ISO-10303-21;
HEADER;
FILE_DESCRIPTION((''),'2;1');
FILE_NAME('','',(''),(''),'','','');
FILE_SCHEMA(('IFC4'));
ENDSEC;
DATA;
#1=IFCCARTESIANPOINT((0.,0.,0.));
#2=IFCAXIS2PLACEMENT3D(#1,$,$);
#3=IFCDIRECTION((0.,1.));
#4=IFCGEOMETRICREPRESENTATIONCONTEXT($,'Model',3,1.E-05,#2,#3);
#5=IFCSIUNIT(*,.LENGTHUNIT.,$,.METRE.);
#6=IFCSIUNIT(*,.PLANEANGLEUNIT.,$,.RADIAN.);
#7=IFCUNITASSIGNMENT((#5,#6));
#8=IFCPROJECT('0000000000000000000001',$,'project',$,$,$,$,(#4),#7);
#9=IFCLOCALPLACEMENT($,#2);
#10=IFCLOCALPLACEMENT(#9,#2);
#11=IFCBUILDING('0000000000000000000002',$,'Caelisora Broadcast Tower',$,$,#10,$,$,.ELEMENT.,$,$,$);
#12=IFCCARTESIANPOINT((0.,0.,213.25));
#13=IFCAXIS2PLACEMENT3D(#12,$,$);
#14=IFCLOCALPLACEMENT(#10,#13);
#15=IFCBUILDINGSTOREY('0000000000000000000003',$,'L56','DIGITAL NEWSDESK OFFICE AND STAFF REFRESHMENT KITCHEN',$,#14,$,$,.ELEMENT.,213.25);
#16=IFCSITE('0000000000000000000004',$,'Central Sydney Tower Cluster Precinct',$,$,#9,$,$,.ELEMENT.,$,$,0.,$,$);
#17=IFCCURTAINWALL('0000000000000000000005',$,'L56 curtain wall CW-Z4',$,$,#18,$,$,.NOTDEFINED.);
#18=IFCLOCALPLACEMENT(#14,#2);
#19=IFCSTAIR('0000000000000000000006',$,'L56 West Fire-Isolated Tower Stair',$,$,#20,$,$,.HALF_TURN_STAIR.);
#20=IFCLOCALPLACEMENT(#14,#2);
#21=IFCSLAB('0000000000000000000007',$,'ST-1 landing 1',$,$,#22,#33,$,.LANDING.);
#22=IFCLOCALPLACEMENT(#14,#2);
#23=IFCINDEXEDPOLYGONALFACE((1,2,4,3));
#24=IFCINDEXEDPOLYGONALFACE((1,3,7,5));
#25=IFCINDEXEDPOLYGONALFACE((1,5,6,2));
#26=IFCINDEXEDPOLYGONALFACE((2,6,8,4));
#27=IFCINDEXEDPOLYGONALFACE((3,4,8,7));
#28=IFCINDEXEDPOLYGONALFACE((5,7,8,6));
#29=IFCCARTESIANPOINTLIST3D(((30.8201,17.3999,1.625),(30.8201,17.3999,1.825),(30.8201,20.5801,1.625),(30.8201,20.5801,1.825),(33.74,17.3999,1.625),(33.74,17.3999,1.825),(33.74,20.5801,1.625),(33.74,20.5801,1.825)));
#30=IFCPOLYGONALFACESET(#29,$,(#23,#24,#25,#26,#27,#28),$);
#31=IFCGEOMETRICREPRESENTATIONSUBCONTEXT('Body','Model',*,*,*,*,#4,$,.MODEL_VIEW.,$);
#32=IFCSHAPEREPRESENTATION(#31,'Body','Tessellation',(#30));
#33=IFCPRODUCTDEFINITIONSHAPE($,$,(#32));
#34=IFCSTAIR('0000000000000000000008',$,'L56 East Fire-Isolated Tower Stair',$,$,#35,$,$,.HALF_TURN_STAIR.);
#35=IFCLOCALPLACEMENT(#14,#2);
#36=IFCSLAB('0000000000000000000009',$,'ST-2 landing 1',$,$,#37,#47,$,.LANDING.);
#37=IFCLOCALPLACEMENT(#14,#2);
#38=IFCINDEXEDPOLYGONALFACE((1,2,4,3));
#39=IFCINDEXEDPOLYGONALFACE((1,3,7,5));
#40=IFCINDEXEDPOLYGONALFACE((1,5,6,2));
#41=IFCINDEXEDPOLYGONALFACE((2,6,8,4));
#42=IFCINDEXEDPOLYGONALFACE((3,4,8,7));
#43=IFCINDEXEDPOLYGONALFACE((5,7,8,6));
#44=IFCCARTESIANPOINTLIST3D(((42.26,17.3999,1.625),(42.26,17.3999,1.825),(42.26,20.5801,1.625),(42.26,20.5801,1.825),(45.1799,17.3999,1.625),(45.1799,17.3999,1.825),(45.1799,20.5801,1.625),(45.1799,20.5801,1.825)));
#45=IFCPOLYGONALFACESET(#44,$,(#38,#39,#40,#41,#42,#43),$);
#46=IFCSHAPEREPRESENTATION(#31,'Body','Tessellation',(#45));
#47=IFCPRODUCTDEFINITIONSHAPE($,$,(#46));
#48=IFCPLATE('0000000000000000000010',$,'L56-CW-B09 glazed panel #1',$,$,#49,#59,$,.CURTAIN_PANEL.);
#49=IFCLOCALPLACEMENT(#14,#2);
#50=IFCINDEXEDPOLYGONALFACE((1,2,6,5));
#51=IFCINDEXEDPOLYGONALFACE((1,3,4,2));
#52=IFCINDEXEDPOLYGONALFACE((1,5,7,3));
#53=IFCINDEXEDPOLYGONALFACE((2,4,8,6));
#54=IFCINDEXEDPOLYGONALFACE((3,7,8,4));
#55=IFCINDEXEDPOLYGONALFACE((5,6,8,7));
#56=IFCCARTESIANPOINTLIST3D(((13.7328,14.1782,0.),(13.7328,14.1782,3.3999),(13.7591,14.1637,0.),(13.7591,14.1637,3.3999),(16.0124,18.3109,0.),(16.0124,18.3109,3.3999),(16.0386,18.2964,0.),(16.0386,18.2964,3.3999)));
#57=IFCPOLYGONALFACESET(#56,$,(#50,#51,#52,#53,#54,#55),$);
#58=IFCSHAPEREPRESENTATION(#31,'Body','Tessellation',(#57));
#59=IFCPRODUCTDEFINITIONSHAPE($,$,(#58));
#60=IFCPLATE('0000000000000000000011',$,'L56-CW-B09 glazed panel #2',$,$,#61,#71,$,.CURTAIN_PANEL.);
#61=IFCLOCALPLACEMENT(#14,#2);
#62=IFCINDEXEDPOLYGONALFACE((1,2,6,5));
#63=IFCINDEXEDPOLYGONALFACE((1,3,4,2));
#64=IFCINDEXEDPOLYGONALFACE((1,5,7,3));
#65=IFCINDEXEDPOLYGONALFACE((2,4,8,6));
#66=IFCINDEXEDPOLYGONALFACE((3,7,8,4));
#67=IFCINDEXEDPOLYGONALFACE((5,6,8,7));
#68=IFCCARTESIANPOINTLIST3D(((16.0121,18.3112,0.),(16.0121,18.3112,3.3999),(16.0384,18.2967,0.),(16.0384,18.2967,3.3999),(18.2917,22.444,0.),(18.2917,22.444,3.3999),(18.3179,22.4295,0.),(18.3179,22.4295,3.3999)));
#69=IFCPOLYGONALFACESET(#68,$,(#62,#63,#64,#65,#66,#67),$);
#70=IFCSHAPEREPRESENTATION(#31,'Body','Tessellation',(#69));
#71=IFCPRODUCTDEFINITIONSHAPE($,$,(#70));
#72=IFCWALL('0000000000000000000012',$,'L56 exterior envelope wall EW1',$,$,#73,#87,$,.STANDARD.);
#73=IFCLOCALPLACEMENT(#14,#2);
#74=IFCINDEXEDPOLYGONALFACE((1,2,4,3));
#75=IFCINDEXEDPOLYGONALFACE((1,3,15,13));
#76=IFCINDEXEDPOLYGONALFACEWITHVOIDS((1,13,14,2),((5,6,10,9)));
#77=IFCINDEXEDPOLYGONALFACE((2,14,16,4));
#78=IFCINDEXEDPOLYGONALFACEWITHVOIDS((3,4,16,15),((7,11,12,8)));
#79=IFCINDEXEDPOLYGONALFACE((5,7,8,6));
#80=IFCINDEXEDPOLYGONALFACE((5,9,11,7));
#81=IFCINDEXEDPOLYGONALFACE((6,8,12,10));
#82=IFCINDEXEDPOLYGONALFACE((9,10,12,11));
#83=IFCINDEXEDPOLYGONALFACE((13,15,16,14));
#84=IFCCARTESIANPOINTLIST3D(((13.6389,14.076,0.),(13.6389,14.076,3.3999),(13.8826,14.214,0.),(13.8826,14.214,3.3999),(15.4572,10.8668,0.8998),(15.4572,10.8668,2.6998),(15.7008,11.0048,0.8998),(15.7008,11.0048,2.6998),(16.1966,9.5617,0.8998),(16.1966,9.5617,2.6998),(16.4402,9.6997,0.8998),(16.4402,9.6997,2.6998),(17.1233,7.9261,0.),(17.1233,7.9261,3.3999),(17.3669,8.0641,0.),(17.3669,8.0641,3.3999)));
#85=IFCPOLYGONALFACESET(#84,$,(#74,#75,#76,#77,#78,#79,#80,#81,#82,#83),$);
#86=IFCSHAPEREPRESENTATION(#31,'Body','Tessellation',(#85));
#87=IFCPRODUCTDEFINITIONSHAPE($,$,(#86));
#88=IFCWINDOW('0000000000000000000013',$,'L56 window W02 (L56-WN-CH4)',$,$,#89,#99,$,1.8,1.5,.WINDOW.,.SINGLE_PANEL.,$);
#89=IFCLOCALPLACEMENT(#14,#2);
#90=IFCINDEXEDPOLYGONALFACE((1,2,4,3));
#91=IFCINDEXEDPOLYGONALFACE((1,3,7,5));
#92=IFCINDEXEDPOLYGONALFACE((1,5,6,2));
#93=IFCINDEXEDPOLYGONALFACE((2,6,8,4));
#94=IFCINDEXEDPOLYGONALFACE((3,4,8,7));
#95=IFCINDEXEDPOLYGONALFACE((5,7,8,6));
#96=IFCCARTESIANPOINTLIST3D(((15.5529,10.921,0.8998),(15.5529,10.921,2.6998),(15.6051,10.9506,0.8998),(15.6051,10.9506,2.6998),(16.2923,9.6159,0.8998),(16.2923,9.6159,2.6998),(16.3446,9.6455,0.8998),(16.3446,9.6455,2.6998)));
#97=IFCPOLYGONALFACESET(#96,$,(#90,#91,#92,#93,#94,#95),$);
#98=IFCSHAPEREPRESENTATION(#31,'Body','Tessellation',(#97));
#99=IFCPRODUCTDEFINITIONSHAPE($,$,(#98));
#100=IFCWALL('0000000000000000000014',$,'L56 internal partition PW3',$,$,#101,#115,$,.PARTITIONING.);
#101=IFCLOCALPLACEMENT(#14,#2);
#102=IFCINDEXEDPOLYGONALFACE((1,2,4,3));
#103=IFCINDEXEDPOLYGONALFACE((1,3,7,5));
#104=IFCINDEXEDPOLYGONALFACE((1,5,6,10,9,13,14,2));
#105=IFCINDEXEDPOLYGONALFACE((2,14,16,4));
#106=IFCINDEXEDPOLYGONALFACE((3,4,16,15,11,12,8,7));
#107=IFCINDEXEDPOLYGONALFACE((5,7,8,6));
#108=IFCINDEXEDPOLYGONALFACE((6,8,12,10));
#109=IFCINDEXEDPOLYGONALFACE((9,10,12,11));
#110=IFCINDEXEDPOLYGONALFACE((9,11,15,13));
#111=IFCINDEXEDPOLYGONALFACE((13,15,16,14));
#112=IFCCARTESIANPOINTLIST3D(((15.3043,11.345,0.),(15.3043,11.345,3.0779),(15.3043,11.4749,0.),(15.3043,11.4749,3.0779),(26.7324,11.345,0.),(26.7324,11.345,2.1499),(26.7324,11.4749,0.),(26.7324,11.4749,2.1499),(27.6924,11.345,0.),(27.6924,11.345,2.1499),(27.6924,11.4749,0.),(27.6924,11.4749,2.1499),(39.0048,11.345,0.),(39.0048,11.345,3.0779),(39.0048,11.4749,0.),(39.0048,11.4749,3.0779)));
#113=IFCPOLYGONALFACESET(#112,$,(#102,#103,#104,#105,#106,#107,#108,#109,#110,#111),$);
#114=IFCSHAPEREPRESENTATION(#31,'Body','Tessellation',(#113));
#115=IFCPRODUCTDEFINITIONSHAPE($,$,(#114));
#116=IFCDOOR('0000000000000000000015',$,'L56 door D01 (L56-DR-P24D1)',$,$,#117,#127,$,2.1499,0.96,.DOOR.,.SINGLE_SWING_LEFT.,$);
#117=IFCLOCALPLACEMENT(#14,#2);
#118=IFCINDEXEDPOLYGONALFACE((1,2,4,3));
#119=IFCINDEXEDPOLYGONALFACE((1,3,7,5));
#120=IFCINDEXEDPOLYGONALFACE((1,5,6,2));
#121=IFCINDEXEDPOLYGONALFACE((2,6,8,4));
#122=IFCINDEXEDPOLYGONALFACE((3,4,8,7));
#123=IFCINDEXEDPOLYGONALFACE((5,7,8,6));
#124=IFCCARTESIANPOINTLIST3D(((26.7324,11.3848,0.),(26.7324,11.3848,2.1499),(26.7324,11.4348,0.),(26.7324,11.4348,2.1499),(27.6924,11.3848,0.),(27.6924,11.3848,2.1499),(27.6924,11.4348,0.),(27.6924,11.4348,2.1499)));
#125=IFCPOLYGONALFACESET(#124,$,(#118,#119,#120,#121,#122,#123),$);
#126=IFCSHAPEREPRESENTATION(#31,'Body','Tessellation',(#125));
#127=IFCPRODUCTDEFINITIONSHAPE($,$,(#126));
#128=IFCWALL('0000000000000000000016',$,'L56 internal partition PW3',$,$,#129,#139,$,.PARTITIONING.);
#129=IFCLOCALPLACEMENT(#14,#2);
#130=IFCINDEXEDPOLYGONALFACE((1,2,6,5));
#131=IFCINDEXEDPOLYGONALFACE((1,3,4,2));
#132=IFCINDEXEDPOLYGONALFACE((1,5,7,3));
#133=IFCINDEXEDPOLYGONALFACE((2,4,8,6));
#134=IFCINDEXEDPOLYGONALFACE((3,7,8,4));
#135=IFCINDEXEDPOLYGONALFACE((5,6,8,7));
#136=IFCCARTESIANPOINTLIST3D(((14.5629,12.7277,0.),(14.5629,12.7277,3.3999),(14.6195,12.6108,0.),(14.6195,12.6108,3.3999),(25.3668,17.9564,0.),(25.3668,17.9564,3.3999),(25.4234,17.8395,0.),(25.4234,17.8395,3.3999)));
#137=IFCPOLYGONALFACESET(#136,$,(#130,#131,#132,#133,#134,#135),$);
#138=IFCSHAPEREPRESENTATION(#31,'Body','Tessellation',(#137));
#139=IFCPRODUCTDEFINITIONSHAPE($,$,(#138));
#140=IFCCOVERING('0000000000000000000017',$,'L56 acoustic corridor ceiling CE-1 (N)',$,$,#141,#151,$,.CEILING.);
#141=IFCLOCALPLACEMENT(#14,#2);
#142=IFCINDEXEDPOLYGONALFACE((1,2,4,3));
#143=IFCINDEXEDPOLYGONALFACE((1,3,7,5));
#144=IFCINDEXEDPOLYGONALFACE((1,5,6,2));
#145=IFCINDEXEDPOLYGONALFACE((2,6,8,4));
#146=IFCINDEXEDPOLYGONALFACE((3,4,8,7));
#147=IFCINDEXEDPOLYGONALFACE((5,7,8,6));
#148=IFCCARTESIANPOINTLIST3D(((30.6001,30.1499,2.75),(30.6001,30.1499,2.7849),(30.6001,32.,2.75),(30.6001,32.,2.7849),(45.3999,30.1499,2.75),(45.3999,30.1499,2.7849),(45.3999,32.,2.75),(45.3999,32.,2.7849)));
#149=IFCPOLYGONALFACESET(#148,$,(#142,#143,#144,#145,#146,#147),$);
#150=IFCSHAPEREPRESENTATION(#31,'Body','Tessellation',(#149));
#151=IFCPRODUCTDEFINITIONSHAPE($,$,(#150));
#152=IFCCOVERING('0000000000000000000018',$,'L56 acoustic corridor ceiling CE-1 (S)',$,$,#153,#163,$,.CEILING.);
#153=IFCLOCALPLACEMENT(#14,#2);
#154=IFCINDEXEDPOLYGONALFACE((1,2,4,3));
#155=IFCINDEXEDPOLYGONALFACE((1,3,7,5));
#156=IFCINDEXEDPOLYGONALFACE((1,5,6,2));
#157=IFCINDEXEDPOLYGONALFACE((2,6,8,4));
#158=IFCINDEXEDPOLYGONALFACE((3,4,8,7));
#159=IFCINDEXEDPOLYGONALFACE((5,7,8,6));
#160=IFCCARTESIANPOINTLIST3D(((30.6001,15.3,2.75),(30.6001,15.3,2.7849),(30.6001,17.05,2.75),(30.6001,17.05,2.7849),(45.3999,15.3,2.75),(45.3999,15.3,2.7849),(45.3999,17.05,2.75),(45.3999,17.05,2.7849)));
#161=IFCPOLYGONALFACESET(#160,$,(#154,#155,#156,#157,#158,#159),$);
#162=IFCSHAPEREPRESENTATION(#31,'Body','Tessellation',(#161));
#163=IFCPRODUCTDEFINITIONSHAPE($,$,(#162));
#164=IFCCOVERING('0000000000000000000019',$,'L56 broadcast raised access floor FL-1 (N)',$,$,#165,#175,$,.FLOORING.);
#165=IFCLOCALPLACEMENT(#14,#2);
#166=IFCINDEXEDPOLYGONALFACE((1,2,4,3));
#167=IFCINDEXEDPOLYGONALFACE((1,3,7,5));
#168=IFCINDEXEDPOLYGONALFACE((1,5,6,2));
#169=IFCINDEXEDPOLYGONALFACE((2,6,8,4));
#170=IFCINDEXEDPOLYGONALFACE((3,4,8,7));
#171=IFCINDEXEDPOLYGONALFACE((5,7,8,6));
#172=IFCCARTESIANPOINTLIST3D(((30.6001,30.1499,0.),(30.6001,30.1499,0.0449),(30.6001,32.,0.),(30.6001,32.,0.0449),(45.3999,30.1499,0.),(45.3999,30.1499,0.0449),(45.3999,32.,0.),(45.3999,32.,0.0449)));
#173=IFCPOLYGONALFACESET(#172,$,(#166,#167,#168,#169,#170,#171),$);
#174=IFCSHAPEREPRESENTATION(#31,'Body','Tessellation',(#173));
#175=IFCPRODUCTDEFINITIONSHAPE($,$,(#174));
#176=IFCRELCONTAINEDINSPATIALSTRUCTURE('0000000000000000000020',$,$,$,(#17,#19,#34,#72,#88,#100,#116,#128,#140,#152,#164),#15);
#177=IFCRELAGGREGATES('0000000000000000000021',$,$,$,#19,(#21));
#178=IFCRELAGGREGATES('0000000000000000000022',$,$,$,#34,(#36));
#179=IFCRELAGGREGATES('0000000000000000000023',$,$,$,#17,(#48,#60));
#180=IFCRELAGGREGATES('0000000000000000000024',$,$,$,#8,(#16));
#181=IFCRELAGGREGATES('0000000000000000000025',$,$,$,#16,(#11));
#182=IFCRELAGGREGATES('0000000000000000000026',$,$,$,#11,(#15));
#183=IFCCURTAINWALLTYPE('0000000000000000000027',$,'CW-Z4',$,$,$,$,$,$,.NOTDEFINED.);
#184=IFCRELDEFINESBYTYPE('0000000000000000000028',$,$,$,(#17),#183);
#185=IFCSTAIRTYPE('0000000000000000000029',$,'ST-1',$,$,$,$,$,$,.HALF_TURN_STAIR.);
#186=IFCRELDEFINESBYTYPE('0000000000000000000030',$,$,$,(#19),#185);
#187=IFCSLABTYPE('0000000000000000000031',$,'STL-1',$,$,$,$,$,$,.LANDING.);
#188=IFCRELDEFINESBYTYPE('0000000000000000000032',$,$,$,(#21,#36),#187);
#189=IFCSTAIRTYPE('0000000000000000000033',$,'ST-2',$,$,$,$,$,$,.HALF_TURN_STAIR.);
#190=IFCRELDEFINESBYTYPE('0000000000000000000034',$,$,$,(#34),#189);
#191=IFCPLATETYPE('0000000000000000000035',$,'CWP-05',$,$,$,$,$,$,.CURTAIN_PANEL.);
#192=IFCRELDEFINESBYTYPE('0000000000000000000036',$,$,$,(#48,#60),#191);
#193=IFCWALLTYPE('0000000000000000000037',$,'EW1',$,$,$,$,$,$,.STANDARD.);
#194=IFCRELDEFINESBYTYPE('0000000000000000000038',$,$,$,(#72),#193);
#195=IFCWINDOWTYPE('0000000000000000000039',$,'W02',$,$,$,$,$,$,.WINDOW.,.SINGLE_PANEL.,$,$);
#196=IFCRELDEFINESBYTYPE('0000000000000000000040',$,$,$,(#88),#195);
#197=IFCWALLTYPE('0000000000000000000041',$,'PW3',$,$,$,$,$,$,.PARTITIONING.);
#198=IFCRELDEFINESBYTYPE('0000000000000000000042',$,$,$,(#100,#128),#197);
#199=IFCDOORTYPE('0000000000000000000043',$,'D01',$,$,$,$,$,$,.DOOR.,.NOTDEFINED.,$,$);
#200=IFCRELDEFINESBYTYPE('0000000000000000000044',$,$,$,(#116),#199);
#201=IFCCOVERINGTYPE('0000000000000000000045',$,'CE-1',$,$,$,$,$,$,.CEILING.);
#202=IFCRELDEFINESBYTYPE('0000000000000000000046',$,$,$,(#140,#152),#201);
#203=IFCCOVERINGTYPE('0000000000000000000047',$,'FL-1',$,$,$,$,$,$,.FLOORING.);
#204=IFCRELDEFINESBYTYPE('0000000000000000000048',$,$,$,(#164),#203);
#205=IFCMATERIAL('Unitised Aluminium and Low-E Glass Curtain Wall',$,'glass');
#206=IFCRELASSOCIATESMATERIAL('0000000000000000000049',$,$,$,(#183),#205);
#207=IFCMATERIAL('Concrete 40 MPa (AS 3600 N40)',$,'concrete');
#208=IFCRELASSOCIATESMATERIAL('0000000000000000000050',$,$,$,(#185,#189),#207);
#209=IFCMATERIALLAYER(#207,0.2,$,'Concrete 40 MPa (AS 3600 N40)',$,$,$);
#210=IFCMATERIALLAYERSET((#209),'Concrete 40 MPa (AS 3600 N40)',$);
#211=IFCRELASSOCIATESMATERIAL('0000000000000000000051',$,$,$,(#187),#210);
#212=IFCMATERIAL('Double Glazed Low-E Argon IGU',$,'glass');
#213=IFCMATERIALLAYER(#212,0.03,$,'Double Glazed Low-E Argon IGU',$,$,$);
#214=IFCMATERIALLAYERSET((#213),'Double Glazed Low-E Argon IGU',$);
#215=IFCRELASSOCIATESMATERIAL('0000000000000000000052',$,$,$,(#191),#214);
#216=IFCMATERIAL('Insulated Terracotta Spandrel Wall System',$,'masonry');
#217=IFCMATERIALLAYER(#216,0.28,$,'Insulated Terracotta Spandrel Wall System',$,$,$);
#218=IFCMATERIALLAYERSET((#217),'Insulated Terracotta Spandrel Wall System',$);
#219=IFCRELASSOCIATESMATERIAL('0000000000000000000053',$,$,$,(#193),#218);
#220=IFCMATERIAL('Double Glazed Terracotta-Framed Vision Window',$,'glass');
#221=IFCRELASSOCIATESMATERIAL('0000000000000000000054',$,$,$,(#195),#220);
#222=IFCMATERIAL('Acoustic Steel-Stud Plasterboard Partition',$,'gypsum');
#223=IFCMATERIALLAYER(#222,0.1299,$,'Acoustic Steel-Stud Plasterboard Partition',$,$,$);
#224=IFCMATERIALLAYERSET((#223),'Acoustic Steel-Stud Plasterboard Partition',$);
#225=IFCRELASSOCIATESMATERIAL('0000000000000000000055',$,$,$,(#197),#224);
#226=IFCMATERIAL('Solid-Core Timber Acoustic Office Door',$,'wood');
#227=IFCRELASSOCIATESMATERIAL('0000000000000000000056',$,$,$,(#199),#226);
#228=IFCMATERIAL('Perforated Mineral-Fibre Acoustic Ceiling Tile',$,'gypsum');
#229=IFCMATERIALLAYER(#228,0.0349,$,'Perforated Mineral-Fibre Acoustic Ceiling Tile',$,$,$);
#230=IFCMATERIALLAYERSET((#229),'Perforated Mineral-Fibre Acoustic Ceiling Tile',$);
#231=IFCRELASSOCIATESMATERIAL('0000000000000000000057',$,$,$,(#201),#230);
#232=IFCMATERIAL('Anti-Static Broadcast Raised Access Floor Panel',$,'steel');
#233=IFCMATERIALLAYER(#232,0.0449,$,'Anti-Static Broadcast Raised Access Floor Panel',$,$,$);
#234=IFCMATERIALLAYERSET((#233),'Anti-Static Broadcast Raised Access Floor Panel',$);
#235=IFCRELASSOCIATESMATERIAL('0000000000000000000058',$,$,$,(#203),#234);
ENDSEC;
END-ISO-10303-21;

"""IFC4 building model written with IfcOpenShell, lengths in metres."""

from ifc_helpers import new_model, si_unit, direction, frame, frame_2d, origin, origin_2d, place, context, subcontext, project, spatial, polyline, rectangle, outline, extrude, source, transform, mapped, material, layer, layer_set, type_object, type_shapes, element, fill, aggregate, save


model = new_model("IFC4")

# Units and contexts
model_context = context("Model", 3, precision=1e-05, world=origin(), true_north=direction((0.0, 1.0)))
body_context = subcontext(model_context, "Body", "Model", "MODEL_VIEW")
ifc_project = project(units=[si_unit("LENGTHUNIT", "METRE"), si_unit("PLANEANGLEUNIT", "RADIAN")], contexts=[model_context])

# Site, building, storey
site_placement = place(None, origin())
site = spatial("IfcSite", under=ifc_project, at=site_placement, Name="Central Sydney Tower Cluster Precinct", CompositionType="ELEMENT", RefElevation=0.0)
building_placement = place(site_placement, origin())
building = spatial("IfcBuilding", under=site, at=building_placement, Name="Caelisora Broadcast Tower", CompositionType="ELEMENT")
storey_placement = place(building_placement, frame((0.0, 0.0, 213.25)))
storey = spatial("IfcBuildingStorey", under=building, at=storey_placement, Name="L56", Description="DIGITAL NEWSDESK OFFICE AND STAFF REFRESHMENT KITCHEN", CompositionType="ELEMENT", Elevation=213.25)

# Curtain wall
ifc_material_1 = material(Name="Unitised Aluminium and Low-E Glass Curtain Wall", Category="glass")
curtain_wall_type = type_object("IfcCurtainWallType", Name="CW-Z4", PredefinedType="NOTDEFINED", material=ifc_material_1)
curtain_wall_placement = place(storey_placement, origin())
curtain_wall = element("IfcCurtainWall", 1, at=curtain_wall_placement, inside=storey, type_object=curtain_wall_type, Name="L56 curtain wall CW-Z4", PredefinedType="NOTDEFINED")

# Shared definitions
ifc_material_2 = material(Name="Concrete 40 MPa (AS 3600 N40)", Category="concrete")

# Stairs, slabs
stair_type_1 = type_object("IfcStairType", Name="ST-1", PredefinedType="HALF_TURN_STAIR", material=ifc_material_2)
stair_1_placement = place(storey_placement, origin())
stair_1 = element("IfcStair", 2, at=stair_1_placement, inside=storey, type_object=stair_type_1, Name="L56 West Fire-Isolated Tower Stair", PredefinedType="HALF_TURN_STAIR")
ifc_layer_1 = layer(ifc_material_2, 0.2, Name="Concrete 40 MPa (AS 3600 N40)")
ifc_layer_set_1 = layer_set([ifc_layer_1], Name="Concrete 40 MPa (AS 3600 N40)")
slab_type_1 = type_object("IfcSlabType", Name="STL-1", PredefinedType="LANDING", material=ifc_layer_set_1)
slab_1_placement = place(storey_placement, frame((0.0, 0.0, 1.625)))
slab_1 = element("IfcSlab", 3, at=slab_1_placement, type_object=slab_type_1, Name="ST-1 landing 1", PredefinedType="LANDING", context=body_context, shape_type="SweptSolid", body=[
    extrude(outline(polyline([(30.8201, 20.5801), (30.8201, 17.3999), (33.74, 17.3999), (33.74, 20.5801), (30.8201, 20.5801)])), origin(), (0.0, 0.0, 1.0), 0.2),
])
aggregate(stair_1, [slab_1])
stair_type_2 = type_object("IfcStairType", Name="ST-2", PredefinedType="HALF_TURN_STAIR", material=ifc_material_2)
stair_2_placement = place(storey_placement, origin())
stair_2 = element("IfcStair", 4, at=stair_2_placement, inside=storey, type_object=stair_type_2, Name="L56 East Fire-Isolated Tower Stair", PredefinedType="HALF_TURN_STAIR")
slab_2_placement = place(storey_placement, frame((0.0, 0.0, 1.625)))
slab_2 = element("IfcSlab", 5, at=slab_2_placement, type_object=slab_type_1, Name="ST-2 landing 1", PredefinedType="LANDING", context=body_context, shape_type="SweptSolid", body=[
    extrude(outline(polyline([(42.26, 20.5801), (42.26, 17.3999), (45.1799, 17.3999), (45.1799, 20.5801), (42.26, 20.5801)])), origin(), (0.0, 0.0, 1.0), 0.2),
])
aggregate(stair_2, [slab_2])

# Plates
ifc_material_3 = material(Name="Double Glazed Low-E Argon IGU", Category="glass")
ifc_layer_2 = layer(ifc_material_3, 0.03, Name="Double Glazed Low-E Argon IGU")
ifc_layer_set_2 = layer_set([ifc_layer_2], Name="Double Glazed Low-E Argon IGU")
plate_type = type_object("IfcPlateType", Name="CWP-05", PredefinedType="CURTAIN_PANEL", material=ifc_layer_set_2)
shared_shape_1 = source(origin(), body_context, "Body", "SweptSolid", [
    extrude(rectangle(XDim=4.7197, YDim=0.03, at=origin_2d()), origin(), (0.0, 0.0, 1.0), 3.3999),
])
type_shapes(plate_type, [shared_shape_1])
plate_1_placement = place(storey_placement, frame((14.8857, 16.2373, 0.0), z_axis=(0.0, 0.0, 1.0), x_axis=(0.482977, 0.875633, 0.0)))
plate_1 = element("IfcPlate", 6, at=plate_1_placement, type_object=plate_type, Name="L56-CW-B09 glazed panel #1", PredefinedType="CURTAIN_PANEL", context=body_context, shape_type="MappedRepresentation", body=[
    mapped(shared_shape_1, transform((0.0, 0.0, 0.0), scale=1.0)),
])
plate_2_placement = place(storey_placement, frame((17.165, 20.3704, 0.0), z_axis=(0.0, 0.0, 1.0), x_axis=(0.482977, 0.875633, 0.0)))
plate_2 = element("IfcPlate", 7, at=plate_2_placement, type_object=plate_type, Name="L56-CW-B09 glazed panel #2", PredefinedType="CURTAIN_PANEL", context=body_context, shape_type="MappedRepresentation", body=[
    mapped(shared_shape_1, transform((0.0, 0.0, 0.0), scale=1.0)),
])
aggregate(curtain_wall, [plate_1, plate_2])

# Wall, opening, window
ifc_material_4 = material(Name="Insulated Terracotta Spandrel Wall System", Category="masonry")
ifc_layer_3 = layer(ifc_material_4, 0.28, Name="Insulated Terracotta Spandrel Wall System")
ifc_layer_set_3 = layer_set([ifc_layer_3], Name="Insulated Terracotta Spandrel Wall System")
wall_type_1 = type_object("IfcWallType", Name="EW1", PredefinedType="STANDARD", material=ifc_layer_set_3)
wall_1_placement = place(storey_placement, frame((17.2451, 7.9951, 0.0), z_axis=(0.0, 0.0, 1.0), x_axis=(-0.492952, 0.870057, 0.0)))
wall_1 = element("IfcWall", 8, at=wall_1_placement, inside=storey, type_object=wall_type_1, Name="L56 exterior envelope wall EW1", PredefinedType="STANDARD", context=body_context, shape_type="SweptSolid", body=[
    extrude(rectangle(XDim=7.0684, YDim=0.28, at=frame_2d((3.5342, 0.0))), origin(), (0.0, 0.0, 1.0), 3.3999),
])
opening_1_placement = place(wall_1_placement, frame((1.8799, 0.0, 0.8999)))
opening_1 = element("IfcOpeningElement", 9, at=opening_1_placement, cuts=wall_1, PredefinedType="OPENING", context=body_context, shape_type="SweptSolid", body=[
    extrude(rectangle(XDim=1.5, YDim=1.8, at=frame_2d((0.75, 0.8999))), frame((0.0, 0.1521, 0.0), z_axis=(0.0, -1.0, 0.0), x_axis=(1.0, 0.0, 0.0)), (0.0, 0.0, 1.0), 0.304),
])
ifc_material_5 = material(Name="Double Glazed Terracotta-Framed Vision Window", Category="glass")
window_type = type_object("IfcWindowType", Name="W02", PartitioningType="SINGLE_PANEL", PredefinedType="WINDOW", material=ifc_material_5)
window_placement = place(opening_1_placement, origin())
window = element("IfcWindow", 10, at=window_placement, inside=storey, type_object=window_type, Name="L56 window W02 (L56-WN-CH4)", OverallHeight=1.8, OverallWidth=1.5, PartitioningType="SINGLE_PANEL", PredefinedType="WINDOW", context=body_context, shape_type="SweptSolid", body=[
    extrude(rectangle(XDim=1.5, YDim=1.8, at=frame_2d((0.75, 0.8999))), frame((0.0, 0.03, 0.0), z_axis=(0.0, -1.0, 0.0), x_axis=(1.0, 0.0, 0.0)), (0.0, 0.0, 1.0), 0.0601),
])
fill(opening_1, window)

# Wall, opening, door
ifc_material_6 = material(Name="Acoustic Steel-Stud Plasterboard Partition", Category="gypsum")
ifc_layer_4 = layer(ifc_material_6, 0.1299, Name="Acoustic Steel-Stud Plasterboard Partition")
ifc_layer_set_4 = layer_set([ifc_layer_4], Name="Acoustic Steel-Stud Plasterboard Partition")
wall_type_2 = type_object("IfcWallType", Name="PW3", PredefinedType="PARTITIONING", material=ifc_layer_set_4)
wall_2_placement = place(storey_placement, frame((15.3044, 11.4099, 0.0), z_axis=(0.0, 0.0, 1.0), x_axis=(1.0, 0.0, 0.0)))
wall_2 = element("IfcWall", 11, at=wall_2_placement, inside=storey, type_object=wall_type_2, Name="L56 internal partition PW3", PredefinedType="PARTITIONING", context=body_context, shape_type="SweptSolid", body=[
    extrude(rectangle(XDim=23.7004, YDim=0.1299, at=frame_2d((11.8501, 0.0))), origin(), (0.0, 0.0, 1.0), 3.0779),
])
opening_2_placement = place(wall_2_placement, frame((11.428, 0.0, 0.0)))
opening_2 = element("IfcOpeningElement", 12, at=opening_2_placement, cuts=wall_2, PredefinedType="OPENING", context=body_context, shape_type="SweptSolid", body=[
    extrude(rectangle(XDim=0.96, YDim=2.1499, at=frame_2d((0.48, 1.075))), frame((0.0, 0.0769, 0.0), z_axis=(0.0, -1.0, 0.0), x_axis=(1.0, 0.0, 0.0)), (0.0, 0.0, 1.0), 0.1538),
])
ifc_material_7 = material(Name="Solid-Core Timber Acoustic Office Door", Category="wood")
door_type = type_object("IfcDoorType", Name="D01", OperationType="NOTDEFINED", PredefinedType="DOOR", material=ifc_material_7)
door_placement = place(opening_2_placement, origin())
door = element("IfcDoor", 13, at=door_placement, inside=storey, type_object=door_type, Name="L56 door D01 (L56-DR-P24D1)", OperationType="SINGLE_SWING_LEFT", OverallHeight=2.1499, OverallWidth=0.96, PredefinedType="DOOR", context=body_context, shape_type="SweptSolid", body=[
    extrude(rectangle(XDim=0.96, YDim=2.1499, at=frame_2d((0.48, 1.075))), frame((0.0, 0.0249, 0.0), z_axis=(0.0, -1.0, 0.0), x_axis=(1.0, 0.0, 0.0)), (0.0, 0.0, 1.0), 0.05),
])
fill(opening_2, door)

# Wall
wall_3_placement = place(storey_placement, frame((14.5911, 12.6692, 0.0), z_axis=(0.0, 0.0, 1.0), x_axis=(0.900125, 0.435631, 0.0)))
element("IfcWall", 14, at=wall_3_placement, inside=storey, type_object=wall_type_2, Name="L56 internal partition PW3", PredefinedType="PARTITIONING", context=body_context, shape_type="SweptSolid", body=[
    extrude(rectangle(XDim=12.0027, YDim=0.1299, at=frame_2d((6.0015, 0.0))), origin(), (0.0, 0.0, 1.0), 3.3999),
])

# Coverings
ifc_material_8 = material(Name="Perforated Mineral-Fibre Acoustic Ceiling Tile", Category="gypsum")
ifc_layer_5 = layer(ifc_material_8, 0.0349, Name="Perforated Mineral-Fibre Acoustic Ceiling Tile")
ifc_layer_set_5 = layer_set([ifc_layer_5], Name="Perforated Mineral-Fibre Acoustic Ceiling Tile")
covering_type_1 = type_object("IfcCoveringType", Name="CE-1", PredefinedType="CEILING", material=ifc_layer_set_5)
covering_1_placement = place(storey_placement, frame((0.0, 0.0, 2.75)))
element("IfcCovering", 15, at=covering_1_placement, inside=storey, type_object=covering_type_1, Name="L56 acoustic corridor ceiling CE-1 (N)", PredefinedType="CEILING", context=body_context, shape_type="SweptSolid", body=[
    extrude(outline(polyline([(30.6001, 30.1499), (45.3999, 30.1499), (45.3999, 32.0), (30.6001, 32.0), (30.6001, 30.1499)])), origin(), (0.0, 0.0, 1.0), 0.0349),
])
covering_2_placement = place(storey_placement, frame((0.0, 0.0, 2.75)))
element("IfcCovering", 16, at=covering_2_placement, inside=storey, type_object=covering_type_1, Name="L56 acoustic corridor ceiling CE-1 (S)", PredefinedType="CEILING", context=body_context, shape_type="SweptSolid", body=[
    extrude(outline(polyline([(30.6001, 15.3), (45.3999, 15.3), (45.3999, 17.05), (30.6001, 17.05), (30.6001, 15.3)])), origin(), (0.0, 0.0, 1.0), 0.0349),
])
ifc_material_9 = material(Name="Anti-Static Broadcast Raised Access Floor Panel", Category="steel")
ifc_layer_6 = layer(ifc_material_9, 0.0449, Name="Anti-Static Broadcast Raised Access Floor Panel")
ifc_layer_set_6 = layer_set([ifc_layer_6], Name="Anti-Static Broadcast Raised Access Floor Panel")
covering_type_2 = type_object("IfcCoveringType", Name="FL-1", PredefinedType="FLOORING", material=ifc_layer_set_6)
covering_3_placement = place(storey_placement, origin())
element("IfcCovering", 17, at=covering_3_placement, inside=storey, type_object=covering_type_2, Name="L56 broadcast raised access floor FL-1 (N)", PredefinedType="FLOORING", context=body_context, shape_type="SweptSolid", body=[
    extrude(outline(polyline([(30.6001, 30.1499), (45.3999, 30.1499), (45.3999, 32.0), (30.6001, 32.0), (30.6001, 30.1499)])), origin(), (0.0, 0.0, 1.0), 0.0449),
])

save(model, "model.ifc")
